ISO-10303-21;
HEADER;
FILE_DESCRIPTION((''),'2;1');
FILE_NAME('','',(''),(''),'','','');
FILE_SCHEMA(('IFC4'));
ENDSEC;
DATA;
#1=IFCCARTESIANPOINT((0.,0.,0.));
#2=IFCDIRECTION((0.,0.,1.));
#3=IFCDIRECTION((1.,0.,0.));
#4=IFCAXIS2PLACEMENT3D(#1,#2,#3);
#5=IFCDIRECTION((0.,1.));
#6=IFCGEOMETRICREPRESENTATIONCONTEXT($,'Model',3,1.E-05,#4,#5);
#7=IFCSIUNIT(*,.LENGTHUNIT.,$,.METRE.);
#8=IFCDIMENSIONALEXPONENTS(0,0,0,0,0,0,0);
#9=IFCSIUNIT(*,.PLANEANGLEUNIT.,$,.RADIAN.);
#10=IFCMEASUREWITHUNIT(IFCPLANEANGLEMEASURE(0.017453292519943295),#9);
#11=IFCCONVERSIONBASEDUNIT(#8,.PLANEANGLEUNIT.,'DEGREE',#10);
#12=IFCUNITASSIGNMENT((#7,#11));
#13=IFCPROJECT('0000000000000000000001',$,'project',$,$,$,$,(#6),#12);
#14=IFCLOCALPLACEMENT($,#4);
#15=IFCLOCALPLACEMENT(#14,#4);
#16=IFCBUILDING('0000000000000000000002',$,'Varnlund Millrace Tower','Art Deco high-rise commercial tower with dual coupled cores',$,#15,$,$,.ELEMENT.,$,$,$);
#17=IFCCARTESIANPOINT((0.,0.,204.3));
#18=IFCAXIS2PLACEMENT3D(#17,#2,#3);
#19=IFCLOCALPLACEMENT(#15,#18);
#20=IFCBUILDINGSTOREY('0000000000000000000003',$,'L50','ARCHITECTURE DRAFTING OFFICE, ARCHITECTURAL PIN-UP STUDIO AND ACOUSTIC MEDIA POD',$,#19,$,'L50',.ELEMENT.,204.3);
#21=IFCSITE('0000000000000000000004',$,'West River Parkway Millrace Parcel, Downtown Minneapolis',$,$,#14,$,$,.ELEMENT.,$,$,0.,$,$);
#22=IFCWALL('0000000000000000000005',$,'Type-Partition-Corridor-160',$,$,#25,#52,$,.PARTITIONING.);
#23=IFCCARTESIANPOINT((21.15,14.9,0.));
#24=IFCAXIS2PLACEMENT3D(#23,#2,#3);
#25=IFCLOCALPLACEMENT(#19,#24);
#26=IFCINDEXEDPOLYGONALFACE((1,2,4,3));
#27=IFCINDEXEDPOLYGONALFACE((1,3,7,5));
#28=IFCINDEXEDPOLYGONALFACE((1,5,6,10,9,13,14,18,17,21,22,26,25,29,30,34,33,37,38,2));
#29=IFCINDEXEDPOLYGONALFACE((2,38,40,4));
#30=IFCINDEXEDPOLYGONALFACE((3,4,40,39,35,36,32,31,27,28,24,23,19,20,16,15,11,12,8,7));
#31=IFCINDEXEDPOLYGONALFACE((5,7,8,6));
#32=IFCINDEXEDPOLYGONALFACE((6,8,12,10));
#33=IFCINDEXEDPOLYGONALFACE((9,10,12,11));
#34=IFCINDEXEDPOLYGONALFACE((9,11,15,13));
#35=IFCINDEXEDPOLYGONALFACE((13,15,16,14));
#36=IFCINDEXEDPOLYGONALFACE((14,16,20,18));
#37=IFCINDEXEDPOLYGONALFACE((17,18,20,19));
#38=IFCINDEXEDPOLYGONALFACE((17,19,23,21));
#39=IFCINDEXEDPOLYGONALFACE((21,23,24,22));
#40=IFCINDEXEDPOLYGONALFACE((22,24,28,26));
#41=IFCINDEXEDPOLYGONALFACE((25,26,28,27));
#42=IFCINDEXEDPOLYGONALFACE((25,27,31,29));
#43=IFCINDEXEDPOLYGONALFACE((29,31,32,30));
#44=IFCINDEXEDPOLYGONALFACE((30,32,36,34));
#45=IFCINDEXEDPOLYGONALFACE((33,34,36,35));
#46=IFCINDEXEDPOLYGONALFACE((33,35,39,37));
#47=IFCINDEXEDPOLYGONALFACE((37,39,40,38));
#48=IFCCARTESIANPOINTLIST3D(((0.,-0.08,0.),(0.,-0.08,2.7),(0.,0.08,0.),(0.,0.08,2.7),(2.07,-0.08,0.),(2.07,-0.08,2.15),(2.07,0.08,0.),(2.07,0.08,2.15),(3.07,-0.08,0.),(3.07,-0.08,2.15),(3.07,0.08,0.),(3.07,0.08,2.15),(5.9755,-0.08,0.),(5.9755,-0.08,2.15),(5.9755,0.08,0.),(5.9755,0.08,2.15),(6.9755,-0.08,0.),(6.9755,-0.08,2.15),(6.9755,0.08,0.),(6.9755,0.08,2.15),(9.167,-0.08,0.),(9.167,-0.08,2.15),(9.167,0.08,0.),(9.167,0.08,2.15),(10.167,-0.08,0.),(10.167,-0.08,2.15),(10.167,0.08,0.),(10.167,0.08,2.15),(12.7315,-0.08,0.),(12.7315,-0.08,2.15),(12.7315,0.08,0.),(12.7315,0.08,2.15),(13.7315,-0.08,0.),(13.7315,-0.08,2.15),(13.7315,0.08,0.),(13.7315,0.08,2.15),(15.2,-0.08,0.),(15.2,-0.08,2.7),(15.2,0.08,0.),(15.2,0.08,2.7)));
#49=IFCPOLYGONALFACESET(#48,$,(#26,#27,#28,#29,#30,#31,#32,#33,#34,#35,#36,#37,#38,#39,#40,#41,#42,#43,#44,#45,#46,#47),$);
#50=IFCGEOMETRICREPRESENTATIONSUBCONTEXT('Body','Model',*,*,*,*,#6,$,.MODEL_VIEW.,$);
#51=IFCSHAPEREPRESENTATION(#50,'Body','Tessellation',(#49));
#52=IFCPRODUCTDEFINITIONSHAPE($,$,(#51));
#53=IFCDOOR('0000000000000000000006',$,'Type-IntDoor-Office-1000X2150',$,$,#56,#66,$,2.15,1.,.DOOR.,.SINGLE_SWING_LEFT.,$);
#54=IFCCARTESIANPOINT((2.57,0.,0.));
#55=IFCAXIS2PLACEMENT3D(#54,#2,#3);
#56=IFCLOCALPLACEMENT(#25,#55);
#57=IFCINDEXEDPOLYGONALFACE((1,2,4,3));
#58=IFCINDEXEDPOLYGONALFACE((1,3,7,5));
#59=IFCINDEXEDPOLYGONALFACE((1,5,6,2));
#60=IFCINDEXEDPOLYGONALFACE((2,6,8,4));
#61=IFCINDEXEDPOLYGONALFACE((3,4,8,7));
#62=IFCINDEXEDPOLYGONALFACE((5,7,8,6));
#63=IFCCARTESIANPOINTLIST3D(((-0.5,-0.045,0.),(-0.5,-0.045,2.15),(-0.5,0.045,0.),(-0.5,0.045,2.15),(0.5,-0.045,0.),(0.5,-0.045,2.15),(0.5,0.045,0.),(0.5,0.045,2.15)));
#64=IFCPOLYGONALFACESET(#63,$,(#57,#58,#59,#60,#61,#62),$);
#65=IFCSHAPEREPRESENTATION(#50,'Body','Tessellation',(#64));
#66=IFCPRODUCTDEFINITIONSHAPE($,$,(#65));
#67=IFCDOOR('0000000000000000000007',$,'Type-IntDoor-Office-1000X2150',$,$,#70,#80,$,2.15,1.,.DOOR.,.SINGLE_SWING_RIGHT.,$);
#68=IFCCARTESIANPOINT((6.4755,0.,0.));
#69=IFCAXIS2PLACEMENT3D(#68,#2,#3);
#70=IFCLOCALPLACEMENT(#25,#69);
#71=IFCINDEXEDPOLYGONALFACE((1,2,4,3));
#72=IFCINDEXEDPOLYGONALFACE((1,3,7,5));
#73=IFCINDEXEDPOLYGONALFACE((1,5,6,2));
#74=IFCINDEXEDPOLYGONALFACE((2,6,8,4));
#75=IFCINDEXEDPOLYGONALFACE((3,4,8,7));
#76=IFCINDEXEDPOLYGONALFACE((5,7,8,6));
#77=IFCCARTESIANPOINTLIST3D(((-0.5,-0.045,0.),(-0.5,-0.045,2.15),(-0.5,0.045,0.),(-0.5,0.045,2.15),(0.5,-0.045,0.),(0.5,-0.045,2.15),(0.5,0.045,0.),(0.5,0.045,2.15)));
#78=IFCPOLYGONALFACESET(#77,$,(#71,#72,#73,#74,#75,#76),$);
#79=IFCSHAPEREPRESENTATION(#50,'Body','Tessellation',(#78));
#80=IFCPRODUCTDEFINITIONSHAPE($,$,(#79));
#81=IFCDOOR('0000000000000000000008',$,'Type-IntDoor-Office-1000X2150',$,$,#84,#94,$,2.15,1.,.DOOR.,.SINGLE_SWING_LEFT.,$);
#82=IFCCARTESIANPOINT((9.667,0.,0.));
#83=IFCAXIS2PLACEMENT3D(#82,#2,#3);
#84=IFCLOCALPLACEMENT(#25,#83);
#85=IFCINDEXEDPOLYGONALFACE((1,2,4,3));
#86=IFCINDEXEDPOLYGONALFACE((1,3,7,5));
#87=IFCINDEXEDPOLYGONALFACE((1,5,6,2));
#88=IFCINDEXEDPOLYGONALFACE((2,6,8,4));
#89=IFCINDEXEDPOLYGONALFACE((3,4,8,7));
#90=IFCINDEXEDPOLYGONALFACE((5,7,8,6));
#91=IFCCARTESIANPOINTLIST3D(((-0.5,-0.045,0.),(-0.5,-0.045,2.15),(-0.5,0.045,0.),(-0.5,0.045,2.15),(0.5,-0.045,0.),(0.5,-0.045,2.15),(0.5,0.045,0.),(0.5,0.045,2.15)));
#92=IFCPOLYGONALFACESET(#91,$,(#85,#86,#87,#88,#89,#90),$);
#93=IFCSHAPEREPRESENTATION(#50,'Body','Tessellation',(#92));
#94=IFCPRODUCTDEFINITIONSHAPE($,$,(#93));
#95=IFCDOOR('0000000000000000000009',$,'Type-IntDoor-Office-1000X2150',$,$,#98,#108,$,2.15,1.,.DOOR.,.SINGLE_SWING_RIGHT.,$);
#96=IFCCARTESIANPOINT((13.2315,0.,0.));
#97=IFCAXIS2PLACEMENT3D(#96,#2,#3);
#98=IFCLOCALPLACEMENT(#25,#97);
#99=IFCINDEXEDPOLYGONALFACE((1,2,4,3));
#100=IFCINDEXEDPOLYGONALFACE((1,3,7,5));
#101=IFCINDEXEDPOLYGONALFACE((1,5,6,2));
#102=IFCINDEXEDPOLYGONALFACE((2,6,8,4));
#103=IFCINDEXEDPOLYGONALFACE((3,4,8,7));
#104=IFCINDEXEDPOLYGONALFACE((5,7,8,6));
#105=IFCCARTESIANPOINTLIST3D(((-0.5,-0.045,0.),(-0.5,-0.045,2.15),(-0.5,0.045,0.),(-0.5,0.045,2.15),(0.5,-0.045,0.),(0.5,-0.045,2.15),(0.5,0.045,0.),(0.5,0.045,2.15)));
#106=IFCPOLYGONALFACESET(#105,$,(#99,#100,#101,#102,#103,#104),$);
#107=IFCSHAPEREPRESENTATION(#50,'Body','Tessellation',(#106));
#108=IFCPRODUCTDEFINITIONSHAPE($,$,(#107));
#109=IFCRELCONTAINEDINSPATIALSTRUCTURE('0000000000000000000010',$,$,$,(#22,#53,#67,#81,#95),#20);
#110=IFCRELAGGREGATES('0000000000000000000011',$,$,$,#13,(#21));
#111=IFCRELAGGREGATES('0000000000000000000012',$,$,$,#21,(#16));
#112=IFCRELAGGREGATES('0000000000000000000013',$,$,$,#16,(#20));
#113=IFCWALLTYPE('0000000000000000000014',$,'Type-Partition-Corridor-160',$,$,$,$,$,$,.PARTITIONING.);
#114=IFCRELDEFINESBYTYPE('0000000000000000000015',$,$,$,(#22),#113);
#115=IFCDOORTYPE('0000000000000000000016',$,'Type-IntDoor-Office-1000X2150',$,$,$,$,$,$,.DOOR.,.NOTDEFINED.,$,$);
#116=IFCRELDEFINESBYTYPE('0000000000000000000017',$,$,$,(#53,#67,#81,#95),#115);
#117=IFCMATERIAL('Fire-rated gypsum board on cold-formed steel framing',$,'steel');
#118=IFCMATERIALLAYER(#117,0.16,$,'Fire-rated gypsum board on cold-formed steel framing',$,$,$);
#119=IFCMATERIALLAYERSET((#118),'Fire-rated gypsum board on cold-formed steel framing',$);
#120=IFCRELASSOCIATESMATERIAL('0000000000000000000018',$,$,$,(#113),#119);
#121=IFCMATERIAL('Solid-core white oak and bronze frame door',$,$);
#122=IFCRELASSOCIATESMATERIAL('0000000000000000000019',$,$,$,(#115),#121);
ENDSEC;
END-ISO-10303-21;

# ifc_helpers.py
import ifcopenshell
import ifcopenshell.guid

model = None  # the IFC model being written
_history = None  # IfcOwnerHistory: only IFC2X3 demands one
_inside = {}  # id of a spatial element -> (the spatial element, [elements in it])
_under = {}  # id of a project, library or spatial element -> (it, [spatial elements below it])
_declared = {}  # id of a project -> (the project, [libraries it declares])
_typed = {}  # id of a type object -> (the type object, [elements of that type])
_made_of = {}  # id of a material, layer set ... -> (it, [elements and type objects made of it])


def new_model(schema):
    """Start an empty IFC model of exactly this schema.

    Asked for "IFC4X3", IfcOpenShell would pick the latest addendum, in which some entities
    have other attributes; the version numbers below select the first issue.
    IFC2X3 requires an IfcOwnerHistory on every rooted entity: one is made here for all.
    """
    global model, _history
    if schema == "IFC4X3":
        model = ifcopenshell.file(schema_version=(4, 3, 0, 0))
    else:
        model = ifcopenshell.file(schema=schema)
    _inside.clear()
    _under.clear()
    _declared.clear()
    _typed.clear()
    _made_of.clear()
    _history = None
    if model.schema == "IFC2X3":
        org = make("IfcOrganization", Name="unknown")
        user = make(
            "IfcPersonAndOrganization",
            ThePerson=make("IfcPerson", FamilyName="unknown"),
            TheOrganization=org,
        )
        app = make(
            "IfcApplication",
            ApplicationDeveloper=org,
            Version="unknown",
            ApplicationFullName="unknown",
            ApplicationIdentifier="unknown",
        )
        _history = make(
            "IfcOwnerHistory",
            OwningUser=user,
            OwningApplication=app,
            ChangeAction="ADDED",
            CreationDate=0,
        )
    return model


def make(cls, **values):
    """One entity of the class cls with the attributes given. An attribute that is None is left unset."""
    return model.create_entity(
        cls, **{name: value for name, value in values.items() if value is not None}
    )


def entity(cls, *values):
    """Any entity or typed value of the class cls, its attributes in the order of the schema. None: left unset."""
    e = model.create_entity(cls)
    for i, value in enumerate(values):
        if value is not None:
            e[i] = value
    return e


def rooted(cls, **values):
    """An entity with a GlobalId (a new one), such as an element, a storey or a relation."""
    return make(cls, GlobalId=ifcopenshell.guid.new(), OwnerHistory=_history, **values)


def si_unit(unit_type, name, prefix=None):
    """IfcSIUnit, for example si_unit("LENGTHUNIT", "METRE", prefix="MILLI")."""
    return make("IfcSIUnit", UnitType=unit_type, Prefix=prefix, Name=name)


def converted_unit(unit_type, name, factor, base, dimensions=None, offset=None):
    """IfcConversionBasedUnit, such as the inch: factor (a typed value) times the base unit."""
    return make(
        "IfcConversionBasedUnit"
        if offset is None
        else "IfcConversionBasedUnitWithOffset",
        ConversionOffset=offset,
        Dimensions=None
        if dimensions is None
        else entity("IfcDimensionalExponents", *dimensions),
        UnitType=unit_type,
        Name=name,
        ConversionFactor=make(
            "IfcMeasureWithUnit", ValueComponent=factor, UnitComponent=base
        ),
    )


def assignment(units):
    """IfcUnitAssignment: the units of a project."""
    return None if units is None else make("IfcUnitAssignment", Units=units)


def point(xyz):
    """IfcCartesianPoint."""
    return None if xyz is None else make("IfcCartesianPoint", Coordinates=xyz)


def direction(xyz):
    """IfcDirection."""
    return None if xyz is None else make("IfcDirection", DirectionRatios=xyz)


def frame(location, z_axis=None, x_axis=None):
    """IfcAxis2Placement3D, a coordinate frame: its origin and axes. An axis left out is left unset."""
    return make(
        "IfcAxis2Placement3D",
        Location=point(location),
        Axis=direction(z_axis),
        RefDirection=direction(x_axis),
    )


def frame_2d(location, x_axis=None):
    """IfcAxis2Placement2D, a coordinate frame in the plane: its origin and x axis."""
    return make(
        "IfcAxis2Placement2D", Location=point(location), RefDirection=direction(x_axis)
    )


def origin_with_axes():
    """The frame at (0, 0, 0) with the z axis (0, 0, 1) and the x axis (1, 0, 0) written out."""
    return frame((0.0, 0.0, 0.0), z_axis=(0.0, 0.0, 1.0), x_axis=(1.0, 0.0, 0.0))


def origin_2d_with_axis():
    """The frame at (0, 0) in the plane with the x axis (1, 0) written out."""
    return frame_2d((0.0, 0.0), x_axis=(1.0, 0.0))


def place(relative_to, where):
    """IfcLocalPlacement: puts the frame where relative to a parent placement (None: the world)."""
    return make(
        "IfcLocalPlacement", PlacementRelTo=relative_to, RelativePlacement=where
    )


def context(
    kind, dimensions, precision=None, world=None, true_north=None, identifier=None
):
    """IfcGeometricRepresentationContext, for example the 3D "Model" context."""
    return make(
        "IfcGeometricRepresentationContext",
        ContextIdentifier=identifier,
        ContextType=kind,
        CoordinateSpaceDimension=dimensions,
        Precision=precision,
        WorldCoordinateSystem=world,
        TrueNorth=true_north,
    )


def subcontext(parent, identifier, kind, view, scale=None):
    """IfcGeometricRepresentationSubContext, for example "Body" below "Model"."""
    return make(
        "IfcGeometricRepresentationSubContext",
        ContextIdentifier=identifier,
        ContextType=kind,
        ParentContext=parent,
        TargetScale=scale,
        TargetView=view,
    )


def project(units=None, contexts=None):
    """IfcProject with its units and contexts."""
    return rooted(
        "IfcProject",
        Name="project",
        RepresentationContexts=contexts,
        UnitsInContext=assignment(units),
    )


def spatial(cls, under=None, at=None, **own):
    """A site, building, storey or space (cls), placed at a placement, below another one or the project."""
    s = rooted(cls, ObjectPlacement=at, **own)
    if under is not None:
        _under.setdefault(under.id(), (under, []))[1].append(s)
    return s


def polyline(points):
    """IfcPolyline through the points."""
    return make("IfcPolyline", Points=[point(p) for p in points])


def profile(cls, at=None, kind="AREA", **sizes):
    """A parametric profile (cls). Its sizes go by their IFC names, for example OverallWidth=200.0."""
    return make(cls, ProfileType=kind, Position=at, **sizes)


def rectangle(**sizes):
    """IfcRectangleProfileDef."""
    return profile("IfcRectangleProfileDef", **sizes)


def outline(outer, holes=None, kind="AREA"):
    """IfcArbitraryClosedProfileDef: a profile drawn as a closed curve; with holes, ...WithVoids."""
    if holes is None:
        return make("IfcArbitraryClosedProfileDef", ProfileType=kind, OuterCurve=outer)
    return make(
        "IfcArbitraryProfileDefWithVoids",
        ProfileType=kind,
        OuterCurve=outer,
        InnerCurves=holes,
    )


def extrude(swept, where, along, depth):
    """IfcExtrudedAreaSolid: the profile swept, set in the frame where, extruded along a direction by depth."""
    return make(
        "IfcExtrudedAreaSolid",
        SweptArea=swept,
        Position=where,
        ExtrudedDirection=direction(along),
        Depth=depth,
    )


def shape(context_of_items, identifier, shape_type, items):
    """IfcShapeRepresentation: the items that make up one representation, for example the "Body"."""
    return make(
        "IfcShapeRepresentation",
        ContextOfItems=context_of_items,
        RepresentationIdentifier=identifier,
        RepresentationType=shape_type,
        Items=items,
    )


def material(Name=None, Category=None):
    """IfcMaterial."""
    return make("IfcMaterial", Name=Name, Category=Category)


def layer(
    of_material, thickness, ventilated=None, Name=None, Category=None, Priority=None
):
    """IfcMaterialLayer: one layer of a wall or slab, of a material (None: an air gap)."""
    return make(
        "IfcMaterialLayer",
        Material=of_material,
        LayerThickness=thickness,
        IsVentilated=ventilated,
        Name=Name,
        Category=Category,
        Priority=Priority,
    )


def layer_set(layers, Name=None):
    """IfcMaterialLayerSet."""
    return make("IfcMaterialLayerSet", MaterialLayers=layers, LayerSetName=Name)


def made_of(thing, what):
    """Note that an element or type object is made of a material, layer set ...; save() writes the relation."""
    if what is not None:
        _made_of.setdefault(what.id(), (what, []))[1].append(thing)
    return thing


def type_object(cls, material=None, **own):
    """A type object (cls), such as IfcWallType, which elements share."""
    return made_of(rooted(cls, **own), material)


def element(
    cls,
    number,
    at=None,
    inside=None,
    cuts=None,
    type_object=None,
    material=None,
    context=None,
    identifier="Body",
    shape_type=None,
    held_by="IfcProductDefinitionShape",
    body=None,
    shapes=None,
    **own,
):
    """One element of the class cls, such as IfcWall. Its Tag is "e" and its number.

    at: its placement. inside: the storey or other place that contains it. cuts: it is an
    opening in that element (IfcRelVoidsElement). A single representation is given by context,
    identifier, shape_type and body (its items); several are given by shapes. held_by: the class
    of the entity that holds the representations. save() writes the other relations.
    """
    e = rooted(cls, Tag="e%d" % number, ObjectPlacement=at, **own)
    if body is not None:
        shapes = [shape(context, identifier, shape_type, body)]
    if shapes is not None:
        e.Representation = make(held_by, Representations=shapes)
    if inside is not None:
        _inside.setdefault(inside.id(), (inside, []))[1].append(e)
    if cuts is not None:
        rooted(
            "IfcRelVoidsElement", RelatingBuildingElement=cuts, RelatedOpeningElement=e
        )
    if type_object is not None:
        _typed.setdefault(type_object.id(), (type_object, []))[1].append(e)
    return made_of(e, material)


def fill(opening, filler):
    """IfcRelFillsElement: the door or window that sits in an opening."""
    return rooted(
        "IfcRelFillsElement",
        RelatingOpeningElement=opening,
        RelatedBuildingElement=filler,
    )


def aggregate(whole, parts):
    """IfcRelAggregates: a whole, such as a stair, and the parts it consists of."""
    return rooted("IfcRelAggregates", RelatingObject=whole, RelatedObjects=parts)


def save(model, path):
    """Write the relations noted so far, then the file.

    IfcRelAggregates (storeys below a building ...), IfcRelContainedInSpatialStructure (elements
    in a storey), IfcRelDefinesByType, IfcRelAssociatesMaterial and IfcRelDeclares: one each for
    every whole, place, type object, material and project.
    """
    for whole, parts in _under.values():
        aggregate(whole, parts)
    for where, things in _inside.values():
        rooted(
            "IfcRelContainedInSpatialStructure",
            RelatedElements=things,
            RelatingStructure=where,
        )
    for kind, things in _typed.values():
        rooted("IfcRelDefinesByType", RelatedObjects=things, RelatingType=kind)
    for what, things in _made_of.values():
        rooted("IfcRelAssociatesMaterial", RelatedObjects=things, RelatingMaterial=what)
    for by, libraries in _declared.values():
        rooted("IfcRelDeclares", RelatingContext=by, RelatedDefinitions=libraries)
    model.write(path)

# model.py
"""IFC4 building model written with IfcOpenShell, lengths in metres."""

from ifc_helpers import new_model, entity, si_unit, converted_unit, direction, frame, origin_with_axes, origin_2d_with_axis, place, context, subcontext, project, spatial, polyline, rectangle, outline, extrude, material, layer, layer_set, type_object, element, fill, save


model = new_model("IFC4")

# Units and contexts
model_context = context("Model", 3, precision=1e-05, world=origin_with_axes(), true_north=direction((0.0, 1.0)))
body_context = subcontext(model_context, "Body", "Model", "MODEL_VIEW")
ifc_project = project(units=[si_unit("LENGTHUNIT", "METRE"), converted_unit("PLANEANGLEUNIT", "DEGREE", entity("IfcPlaneAngleMeasure", 0.017453292519943295), si_unit("PLANEANGLEUNIT", "RADIAN"), dimensions=[0, 0, 0, 0, 0, 0, 0])], contexts=[model_context])

# Site, building, storey
site_placement = place(None, origin_with_axes())
site = spatial("IfcSite", under=ifc_project, at=site_placement, Name="West River Parkway Millrace Parcel, Downtown Minneapolis", CompositionType="ELEMENT", RefElevation=0.0)
building_placement = place(site_placement, origin_with_axes())
building = spatial("IfcBuilding", under=site, at=building_placement, Name="Varnlund Millrace Tower", Description="Art Deco high-rise commercial tower with dual coupled cores", CompositionType="ELEMENT")
storey_placement = place(building_placement, frame((0.0, 0.0, 204.3), z_axis=(0.0, 0.0, 1.0), x_axis=(1.0, 0.0, 0.0)))
storey = spatial("IfcBuildingStorey", under=building, at=storey_placement, Name="L50", Description="ARCHITECTURE DRAFTING OFFICE, ARCHITECTURAL PIN-UP STUDIO AND ACOUSTIC MEDIA POD", LongName="L50", CompositionType="ELEMENT", Elevation=204.3)

# Shared definitions
ifc_material_1 = material(Name="Fire-rated gypsum board on cold-formed steel framing", Category="steel")
ifc_layer_1 = layer(ifc_material_1, 0.16, Name="Fire-rated gypsum board on cold-formed steel framing")
ifc_layer_set_1 = layer_set([ifc_layer_1], Name="Fire-rated gypsum board on cold-formed steel framing")
wall_type_1 = type_object("IfcWallType", Name="Type-Partition-Corridor-160", PredefinedType="PARTITIONING", material=ifc_layer_set_1)
ifc_material_2 = material(Name="Solid-core white oak and bronze frame door")
door_type_1 = type_object("IfcDoorType", Name="Type-IntDoor-Office-1000X2150", OperationType="NOTDEFINED", PredefinedType="DOOR", material=ifc_material_2)

# Wall, openings, doors
wall_1_placement = place(storey_placement, frame((21.15, 14.9, 0.0), z_axis=(0.0, 0.0, 1.0), x_axis=(1.0, 0.0, 0.0)))
wall_1 = element("IfcWall", 1, at=wall_1_placement, inside=storey, type_object=wall_type_1, Name="Type-Partition-Corridor-160", PredefinedType="PARTITIONING", context=body_context, shape_type="SweptSolid", body=[
    extrude(outline(polyline([(0.0, -0.08), (15.2, -0.08), (15.2, 0.08), (0.0, 0.08), (0.0, -0.08)])), origin_with_axes(), (0.0, 0.0, 1.0), 2.7),
])
opening_1_placement = place(wall_1_placement, frame((2.57, 0.0, 0.0), z_axis=(0.0, 0.0, 1.0), x_axis=(1.0, 0.0, 0.0)))
opening_1 = element("IfcOpeningElement", 2, at=opening_1_placement, cuts=wall_1, PredefinedType="OPENING", context=body_context, shape_type="SweptSolid", body=[
    extrude(rectangle(XDim=1.0, YDim=0.18, at=origin_2d_with_axis()), origin_with_axes(), (0.0, 0.0, 1.0), 2.15),
])
opening_2_placement = place(wall_1_placement, frame((6.4755, 0.0, 0.0), z_axis=(0.0, 0.0, 1.0), x_axis=(1.0, 0.0, 0.0)))
opening_2 = element("IfcOpeningElement", 3, at=opening_2_placement, cuts=wall_1, PredefinedType="OPENING", context=body_context, shape_type="SweptSolid", body=[
    extrude(rectangle(XDim=1.0, YDim=0.18, at=origin_2d_with_axis()), origin_with_axes(), (0.0, 0.0, 1.0), 2.15),
])
opening_3_placement = place(wall_1_placement, frame((9.667, 0.0, 0.0), z_axis=(0.0, 0.0, 1.0), x_axis=(1.0, 0.0, 0.0)))
opening_3 = element("IfcOpeningElement", 4, at=opening_3_placement, cuts=wall_1, PredefinedType="OPENING", context=body_context, shape_type="SweptSolid", body=[
    extrude(rectangle(XDim=1.0, YDim=0.18, at=origin_2d_with_axis()), origin_with_axes(), (0.0, 0.0, 1.0), 2.15),
])
opening_4_placement = place(wall_1_placement, frame((13.2315, 0.0, 0.0), z_axis=(0.0, 0.0, 1.0), x_axis=(1.0, 0.0, 0.0)))
opening_4 = element("IfcOpeningElement", 5, at=opening_4_placement, cuts=wall_1, PredefinedType="OPENING", context=body_context, shape_type="SweptSolid", body=[
    extrude(rectangle(XDim=1.0, YDim=0.18, at=origin_2d_with_axis()), origin_with_axes(), (0.0, 0.0, 1.0), 2.15),
])
door_1_placement = place(wall_1_placement, frame((2.57, 0.0, 0.0), z_axis=(0.0, 0.0, 1.0), x_axis=(1.0, 0.0, 0.0)))
door_1 = element("IfcDoor", 6, at=door_1_placement, inside=storey, type_object=door_type_1, Name="Type-IntDoor-Office-1000X2150", OperationType="SINGLE_SWING_LEFT", OverallHeight=2.15, OverallWidth=1.0, PredefinedType="DOOR", context=body_context, shape_type="SweptSolid", body=[
    extrude(rectangle(XDim=1.0, YDim=0.09, at=origin_2d_with_axis()), origin_with_axes(), (0.0, 0.0, 1.0), 2.15),
])
fill(opening_1, door_1)
door_2_placement = place(wall_1_placement, frame((6.4755, 0.0, 0.0), z_axis=(0.0, 0.0, 1.0), x_axis=(1.0, 0.0, 0.0)))
door_2 = element("IfcDoor", 7, at=door_2_placement, inside=storey, type_object=door_type_1, Name="Type-IntDoor-Office-1000X2150", OperationType="SINGLE_SWING_RIGHT", OverallHeight=2.15, OverallWidth=1.0, PredefinedType="DOOR", context=body_context, shape_type="SweptSolid", body=[
    extrude(rectangle(XDim=1.0, YDim=0.09, at=origin_2d_with_axis()), origin_with_axes(), (0.0, 0.0, 1.0), 2.15),
])
fill(opening_2, door_2)
door_3_placement = place(wall_1_placement, frame((9.667, 0.0, 0.0), z_axis=(0.0, 0.0, 1.0), x_axis=(1.0, 0.0, 0.0)))
door_3 = element("IfcDoor", 8, at=door_3_placement, inside=storey, type_object=door_type_1, Name="Type-IntDoor-Office-1000X2150", OperationType="SINGLE_SWING_LEFT", OverallHeight=2.15, OverallWidth=1.0, PredefinedType="DOOR", context=body_context, shape_type="SweptSolid", body=[
    extrude(rectangle(XDim=1.0, YDim=0.09, at=origin_2d_with_axis()), origin_with_axes(), (0.0, 0.0, 1.0), 2.15),
])
fill(opening_3, door_3)
door_4_placement = place(wall_1_placement, frame((13.2315, 0.0, 0.0), z_axis=(0.0, 0.0, 1.0), x_axis=(1.0, 0.0, 0.0)))
door_4 = element("IfcDoor", 9, at=door_4_placement, inside=storey, type_object=door_type_1, Name="Type-IntDoor-Office-1000X2150", OperationType="SINGLE_SWING_RIGHT", OverallHeight=2.15, OverallWidth=1.0, PredefinedType="DOOR", context=body_context, shape_type="SweptSolid", body=[
    extrude(rectangle(XDim=1.0, YDim=0.09, at=origin_2d_with_axis()), origin_with_axes(), (0.0, 0.0, 1.0), 2.15),
])
fill(opening_4, door_4)

save(model, "model.ifc")
